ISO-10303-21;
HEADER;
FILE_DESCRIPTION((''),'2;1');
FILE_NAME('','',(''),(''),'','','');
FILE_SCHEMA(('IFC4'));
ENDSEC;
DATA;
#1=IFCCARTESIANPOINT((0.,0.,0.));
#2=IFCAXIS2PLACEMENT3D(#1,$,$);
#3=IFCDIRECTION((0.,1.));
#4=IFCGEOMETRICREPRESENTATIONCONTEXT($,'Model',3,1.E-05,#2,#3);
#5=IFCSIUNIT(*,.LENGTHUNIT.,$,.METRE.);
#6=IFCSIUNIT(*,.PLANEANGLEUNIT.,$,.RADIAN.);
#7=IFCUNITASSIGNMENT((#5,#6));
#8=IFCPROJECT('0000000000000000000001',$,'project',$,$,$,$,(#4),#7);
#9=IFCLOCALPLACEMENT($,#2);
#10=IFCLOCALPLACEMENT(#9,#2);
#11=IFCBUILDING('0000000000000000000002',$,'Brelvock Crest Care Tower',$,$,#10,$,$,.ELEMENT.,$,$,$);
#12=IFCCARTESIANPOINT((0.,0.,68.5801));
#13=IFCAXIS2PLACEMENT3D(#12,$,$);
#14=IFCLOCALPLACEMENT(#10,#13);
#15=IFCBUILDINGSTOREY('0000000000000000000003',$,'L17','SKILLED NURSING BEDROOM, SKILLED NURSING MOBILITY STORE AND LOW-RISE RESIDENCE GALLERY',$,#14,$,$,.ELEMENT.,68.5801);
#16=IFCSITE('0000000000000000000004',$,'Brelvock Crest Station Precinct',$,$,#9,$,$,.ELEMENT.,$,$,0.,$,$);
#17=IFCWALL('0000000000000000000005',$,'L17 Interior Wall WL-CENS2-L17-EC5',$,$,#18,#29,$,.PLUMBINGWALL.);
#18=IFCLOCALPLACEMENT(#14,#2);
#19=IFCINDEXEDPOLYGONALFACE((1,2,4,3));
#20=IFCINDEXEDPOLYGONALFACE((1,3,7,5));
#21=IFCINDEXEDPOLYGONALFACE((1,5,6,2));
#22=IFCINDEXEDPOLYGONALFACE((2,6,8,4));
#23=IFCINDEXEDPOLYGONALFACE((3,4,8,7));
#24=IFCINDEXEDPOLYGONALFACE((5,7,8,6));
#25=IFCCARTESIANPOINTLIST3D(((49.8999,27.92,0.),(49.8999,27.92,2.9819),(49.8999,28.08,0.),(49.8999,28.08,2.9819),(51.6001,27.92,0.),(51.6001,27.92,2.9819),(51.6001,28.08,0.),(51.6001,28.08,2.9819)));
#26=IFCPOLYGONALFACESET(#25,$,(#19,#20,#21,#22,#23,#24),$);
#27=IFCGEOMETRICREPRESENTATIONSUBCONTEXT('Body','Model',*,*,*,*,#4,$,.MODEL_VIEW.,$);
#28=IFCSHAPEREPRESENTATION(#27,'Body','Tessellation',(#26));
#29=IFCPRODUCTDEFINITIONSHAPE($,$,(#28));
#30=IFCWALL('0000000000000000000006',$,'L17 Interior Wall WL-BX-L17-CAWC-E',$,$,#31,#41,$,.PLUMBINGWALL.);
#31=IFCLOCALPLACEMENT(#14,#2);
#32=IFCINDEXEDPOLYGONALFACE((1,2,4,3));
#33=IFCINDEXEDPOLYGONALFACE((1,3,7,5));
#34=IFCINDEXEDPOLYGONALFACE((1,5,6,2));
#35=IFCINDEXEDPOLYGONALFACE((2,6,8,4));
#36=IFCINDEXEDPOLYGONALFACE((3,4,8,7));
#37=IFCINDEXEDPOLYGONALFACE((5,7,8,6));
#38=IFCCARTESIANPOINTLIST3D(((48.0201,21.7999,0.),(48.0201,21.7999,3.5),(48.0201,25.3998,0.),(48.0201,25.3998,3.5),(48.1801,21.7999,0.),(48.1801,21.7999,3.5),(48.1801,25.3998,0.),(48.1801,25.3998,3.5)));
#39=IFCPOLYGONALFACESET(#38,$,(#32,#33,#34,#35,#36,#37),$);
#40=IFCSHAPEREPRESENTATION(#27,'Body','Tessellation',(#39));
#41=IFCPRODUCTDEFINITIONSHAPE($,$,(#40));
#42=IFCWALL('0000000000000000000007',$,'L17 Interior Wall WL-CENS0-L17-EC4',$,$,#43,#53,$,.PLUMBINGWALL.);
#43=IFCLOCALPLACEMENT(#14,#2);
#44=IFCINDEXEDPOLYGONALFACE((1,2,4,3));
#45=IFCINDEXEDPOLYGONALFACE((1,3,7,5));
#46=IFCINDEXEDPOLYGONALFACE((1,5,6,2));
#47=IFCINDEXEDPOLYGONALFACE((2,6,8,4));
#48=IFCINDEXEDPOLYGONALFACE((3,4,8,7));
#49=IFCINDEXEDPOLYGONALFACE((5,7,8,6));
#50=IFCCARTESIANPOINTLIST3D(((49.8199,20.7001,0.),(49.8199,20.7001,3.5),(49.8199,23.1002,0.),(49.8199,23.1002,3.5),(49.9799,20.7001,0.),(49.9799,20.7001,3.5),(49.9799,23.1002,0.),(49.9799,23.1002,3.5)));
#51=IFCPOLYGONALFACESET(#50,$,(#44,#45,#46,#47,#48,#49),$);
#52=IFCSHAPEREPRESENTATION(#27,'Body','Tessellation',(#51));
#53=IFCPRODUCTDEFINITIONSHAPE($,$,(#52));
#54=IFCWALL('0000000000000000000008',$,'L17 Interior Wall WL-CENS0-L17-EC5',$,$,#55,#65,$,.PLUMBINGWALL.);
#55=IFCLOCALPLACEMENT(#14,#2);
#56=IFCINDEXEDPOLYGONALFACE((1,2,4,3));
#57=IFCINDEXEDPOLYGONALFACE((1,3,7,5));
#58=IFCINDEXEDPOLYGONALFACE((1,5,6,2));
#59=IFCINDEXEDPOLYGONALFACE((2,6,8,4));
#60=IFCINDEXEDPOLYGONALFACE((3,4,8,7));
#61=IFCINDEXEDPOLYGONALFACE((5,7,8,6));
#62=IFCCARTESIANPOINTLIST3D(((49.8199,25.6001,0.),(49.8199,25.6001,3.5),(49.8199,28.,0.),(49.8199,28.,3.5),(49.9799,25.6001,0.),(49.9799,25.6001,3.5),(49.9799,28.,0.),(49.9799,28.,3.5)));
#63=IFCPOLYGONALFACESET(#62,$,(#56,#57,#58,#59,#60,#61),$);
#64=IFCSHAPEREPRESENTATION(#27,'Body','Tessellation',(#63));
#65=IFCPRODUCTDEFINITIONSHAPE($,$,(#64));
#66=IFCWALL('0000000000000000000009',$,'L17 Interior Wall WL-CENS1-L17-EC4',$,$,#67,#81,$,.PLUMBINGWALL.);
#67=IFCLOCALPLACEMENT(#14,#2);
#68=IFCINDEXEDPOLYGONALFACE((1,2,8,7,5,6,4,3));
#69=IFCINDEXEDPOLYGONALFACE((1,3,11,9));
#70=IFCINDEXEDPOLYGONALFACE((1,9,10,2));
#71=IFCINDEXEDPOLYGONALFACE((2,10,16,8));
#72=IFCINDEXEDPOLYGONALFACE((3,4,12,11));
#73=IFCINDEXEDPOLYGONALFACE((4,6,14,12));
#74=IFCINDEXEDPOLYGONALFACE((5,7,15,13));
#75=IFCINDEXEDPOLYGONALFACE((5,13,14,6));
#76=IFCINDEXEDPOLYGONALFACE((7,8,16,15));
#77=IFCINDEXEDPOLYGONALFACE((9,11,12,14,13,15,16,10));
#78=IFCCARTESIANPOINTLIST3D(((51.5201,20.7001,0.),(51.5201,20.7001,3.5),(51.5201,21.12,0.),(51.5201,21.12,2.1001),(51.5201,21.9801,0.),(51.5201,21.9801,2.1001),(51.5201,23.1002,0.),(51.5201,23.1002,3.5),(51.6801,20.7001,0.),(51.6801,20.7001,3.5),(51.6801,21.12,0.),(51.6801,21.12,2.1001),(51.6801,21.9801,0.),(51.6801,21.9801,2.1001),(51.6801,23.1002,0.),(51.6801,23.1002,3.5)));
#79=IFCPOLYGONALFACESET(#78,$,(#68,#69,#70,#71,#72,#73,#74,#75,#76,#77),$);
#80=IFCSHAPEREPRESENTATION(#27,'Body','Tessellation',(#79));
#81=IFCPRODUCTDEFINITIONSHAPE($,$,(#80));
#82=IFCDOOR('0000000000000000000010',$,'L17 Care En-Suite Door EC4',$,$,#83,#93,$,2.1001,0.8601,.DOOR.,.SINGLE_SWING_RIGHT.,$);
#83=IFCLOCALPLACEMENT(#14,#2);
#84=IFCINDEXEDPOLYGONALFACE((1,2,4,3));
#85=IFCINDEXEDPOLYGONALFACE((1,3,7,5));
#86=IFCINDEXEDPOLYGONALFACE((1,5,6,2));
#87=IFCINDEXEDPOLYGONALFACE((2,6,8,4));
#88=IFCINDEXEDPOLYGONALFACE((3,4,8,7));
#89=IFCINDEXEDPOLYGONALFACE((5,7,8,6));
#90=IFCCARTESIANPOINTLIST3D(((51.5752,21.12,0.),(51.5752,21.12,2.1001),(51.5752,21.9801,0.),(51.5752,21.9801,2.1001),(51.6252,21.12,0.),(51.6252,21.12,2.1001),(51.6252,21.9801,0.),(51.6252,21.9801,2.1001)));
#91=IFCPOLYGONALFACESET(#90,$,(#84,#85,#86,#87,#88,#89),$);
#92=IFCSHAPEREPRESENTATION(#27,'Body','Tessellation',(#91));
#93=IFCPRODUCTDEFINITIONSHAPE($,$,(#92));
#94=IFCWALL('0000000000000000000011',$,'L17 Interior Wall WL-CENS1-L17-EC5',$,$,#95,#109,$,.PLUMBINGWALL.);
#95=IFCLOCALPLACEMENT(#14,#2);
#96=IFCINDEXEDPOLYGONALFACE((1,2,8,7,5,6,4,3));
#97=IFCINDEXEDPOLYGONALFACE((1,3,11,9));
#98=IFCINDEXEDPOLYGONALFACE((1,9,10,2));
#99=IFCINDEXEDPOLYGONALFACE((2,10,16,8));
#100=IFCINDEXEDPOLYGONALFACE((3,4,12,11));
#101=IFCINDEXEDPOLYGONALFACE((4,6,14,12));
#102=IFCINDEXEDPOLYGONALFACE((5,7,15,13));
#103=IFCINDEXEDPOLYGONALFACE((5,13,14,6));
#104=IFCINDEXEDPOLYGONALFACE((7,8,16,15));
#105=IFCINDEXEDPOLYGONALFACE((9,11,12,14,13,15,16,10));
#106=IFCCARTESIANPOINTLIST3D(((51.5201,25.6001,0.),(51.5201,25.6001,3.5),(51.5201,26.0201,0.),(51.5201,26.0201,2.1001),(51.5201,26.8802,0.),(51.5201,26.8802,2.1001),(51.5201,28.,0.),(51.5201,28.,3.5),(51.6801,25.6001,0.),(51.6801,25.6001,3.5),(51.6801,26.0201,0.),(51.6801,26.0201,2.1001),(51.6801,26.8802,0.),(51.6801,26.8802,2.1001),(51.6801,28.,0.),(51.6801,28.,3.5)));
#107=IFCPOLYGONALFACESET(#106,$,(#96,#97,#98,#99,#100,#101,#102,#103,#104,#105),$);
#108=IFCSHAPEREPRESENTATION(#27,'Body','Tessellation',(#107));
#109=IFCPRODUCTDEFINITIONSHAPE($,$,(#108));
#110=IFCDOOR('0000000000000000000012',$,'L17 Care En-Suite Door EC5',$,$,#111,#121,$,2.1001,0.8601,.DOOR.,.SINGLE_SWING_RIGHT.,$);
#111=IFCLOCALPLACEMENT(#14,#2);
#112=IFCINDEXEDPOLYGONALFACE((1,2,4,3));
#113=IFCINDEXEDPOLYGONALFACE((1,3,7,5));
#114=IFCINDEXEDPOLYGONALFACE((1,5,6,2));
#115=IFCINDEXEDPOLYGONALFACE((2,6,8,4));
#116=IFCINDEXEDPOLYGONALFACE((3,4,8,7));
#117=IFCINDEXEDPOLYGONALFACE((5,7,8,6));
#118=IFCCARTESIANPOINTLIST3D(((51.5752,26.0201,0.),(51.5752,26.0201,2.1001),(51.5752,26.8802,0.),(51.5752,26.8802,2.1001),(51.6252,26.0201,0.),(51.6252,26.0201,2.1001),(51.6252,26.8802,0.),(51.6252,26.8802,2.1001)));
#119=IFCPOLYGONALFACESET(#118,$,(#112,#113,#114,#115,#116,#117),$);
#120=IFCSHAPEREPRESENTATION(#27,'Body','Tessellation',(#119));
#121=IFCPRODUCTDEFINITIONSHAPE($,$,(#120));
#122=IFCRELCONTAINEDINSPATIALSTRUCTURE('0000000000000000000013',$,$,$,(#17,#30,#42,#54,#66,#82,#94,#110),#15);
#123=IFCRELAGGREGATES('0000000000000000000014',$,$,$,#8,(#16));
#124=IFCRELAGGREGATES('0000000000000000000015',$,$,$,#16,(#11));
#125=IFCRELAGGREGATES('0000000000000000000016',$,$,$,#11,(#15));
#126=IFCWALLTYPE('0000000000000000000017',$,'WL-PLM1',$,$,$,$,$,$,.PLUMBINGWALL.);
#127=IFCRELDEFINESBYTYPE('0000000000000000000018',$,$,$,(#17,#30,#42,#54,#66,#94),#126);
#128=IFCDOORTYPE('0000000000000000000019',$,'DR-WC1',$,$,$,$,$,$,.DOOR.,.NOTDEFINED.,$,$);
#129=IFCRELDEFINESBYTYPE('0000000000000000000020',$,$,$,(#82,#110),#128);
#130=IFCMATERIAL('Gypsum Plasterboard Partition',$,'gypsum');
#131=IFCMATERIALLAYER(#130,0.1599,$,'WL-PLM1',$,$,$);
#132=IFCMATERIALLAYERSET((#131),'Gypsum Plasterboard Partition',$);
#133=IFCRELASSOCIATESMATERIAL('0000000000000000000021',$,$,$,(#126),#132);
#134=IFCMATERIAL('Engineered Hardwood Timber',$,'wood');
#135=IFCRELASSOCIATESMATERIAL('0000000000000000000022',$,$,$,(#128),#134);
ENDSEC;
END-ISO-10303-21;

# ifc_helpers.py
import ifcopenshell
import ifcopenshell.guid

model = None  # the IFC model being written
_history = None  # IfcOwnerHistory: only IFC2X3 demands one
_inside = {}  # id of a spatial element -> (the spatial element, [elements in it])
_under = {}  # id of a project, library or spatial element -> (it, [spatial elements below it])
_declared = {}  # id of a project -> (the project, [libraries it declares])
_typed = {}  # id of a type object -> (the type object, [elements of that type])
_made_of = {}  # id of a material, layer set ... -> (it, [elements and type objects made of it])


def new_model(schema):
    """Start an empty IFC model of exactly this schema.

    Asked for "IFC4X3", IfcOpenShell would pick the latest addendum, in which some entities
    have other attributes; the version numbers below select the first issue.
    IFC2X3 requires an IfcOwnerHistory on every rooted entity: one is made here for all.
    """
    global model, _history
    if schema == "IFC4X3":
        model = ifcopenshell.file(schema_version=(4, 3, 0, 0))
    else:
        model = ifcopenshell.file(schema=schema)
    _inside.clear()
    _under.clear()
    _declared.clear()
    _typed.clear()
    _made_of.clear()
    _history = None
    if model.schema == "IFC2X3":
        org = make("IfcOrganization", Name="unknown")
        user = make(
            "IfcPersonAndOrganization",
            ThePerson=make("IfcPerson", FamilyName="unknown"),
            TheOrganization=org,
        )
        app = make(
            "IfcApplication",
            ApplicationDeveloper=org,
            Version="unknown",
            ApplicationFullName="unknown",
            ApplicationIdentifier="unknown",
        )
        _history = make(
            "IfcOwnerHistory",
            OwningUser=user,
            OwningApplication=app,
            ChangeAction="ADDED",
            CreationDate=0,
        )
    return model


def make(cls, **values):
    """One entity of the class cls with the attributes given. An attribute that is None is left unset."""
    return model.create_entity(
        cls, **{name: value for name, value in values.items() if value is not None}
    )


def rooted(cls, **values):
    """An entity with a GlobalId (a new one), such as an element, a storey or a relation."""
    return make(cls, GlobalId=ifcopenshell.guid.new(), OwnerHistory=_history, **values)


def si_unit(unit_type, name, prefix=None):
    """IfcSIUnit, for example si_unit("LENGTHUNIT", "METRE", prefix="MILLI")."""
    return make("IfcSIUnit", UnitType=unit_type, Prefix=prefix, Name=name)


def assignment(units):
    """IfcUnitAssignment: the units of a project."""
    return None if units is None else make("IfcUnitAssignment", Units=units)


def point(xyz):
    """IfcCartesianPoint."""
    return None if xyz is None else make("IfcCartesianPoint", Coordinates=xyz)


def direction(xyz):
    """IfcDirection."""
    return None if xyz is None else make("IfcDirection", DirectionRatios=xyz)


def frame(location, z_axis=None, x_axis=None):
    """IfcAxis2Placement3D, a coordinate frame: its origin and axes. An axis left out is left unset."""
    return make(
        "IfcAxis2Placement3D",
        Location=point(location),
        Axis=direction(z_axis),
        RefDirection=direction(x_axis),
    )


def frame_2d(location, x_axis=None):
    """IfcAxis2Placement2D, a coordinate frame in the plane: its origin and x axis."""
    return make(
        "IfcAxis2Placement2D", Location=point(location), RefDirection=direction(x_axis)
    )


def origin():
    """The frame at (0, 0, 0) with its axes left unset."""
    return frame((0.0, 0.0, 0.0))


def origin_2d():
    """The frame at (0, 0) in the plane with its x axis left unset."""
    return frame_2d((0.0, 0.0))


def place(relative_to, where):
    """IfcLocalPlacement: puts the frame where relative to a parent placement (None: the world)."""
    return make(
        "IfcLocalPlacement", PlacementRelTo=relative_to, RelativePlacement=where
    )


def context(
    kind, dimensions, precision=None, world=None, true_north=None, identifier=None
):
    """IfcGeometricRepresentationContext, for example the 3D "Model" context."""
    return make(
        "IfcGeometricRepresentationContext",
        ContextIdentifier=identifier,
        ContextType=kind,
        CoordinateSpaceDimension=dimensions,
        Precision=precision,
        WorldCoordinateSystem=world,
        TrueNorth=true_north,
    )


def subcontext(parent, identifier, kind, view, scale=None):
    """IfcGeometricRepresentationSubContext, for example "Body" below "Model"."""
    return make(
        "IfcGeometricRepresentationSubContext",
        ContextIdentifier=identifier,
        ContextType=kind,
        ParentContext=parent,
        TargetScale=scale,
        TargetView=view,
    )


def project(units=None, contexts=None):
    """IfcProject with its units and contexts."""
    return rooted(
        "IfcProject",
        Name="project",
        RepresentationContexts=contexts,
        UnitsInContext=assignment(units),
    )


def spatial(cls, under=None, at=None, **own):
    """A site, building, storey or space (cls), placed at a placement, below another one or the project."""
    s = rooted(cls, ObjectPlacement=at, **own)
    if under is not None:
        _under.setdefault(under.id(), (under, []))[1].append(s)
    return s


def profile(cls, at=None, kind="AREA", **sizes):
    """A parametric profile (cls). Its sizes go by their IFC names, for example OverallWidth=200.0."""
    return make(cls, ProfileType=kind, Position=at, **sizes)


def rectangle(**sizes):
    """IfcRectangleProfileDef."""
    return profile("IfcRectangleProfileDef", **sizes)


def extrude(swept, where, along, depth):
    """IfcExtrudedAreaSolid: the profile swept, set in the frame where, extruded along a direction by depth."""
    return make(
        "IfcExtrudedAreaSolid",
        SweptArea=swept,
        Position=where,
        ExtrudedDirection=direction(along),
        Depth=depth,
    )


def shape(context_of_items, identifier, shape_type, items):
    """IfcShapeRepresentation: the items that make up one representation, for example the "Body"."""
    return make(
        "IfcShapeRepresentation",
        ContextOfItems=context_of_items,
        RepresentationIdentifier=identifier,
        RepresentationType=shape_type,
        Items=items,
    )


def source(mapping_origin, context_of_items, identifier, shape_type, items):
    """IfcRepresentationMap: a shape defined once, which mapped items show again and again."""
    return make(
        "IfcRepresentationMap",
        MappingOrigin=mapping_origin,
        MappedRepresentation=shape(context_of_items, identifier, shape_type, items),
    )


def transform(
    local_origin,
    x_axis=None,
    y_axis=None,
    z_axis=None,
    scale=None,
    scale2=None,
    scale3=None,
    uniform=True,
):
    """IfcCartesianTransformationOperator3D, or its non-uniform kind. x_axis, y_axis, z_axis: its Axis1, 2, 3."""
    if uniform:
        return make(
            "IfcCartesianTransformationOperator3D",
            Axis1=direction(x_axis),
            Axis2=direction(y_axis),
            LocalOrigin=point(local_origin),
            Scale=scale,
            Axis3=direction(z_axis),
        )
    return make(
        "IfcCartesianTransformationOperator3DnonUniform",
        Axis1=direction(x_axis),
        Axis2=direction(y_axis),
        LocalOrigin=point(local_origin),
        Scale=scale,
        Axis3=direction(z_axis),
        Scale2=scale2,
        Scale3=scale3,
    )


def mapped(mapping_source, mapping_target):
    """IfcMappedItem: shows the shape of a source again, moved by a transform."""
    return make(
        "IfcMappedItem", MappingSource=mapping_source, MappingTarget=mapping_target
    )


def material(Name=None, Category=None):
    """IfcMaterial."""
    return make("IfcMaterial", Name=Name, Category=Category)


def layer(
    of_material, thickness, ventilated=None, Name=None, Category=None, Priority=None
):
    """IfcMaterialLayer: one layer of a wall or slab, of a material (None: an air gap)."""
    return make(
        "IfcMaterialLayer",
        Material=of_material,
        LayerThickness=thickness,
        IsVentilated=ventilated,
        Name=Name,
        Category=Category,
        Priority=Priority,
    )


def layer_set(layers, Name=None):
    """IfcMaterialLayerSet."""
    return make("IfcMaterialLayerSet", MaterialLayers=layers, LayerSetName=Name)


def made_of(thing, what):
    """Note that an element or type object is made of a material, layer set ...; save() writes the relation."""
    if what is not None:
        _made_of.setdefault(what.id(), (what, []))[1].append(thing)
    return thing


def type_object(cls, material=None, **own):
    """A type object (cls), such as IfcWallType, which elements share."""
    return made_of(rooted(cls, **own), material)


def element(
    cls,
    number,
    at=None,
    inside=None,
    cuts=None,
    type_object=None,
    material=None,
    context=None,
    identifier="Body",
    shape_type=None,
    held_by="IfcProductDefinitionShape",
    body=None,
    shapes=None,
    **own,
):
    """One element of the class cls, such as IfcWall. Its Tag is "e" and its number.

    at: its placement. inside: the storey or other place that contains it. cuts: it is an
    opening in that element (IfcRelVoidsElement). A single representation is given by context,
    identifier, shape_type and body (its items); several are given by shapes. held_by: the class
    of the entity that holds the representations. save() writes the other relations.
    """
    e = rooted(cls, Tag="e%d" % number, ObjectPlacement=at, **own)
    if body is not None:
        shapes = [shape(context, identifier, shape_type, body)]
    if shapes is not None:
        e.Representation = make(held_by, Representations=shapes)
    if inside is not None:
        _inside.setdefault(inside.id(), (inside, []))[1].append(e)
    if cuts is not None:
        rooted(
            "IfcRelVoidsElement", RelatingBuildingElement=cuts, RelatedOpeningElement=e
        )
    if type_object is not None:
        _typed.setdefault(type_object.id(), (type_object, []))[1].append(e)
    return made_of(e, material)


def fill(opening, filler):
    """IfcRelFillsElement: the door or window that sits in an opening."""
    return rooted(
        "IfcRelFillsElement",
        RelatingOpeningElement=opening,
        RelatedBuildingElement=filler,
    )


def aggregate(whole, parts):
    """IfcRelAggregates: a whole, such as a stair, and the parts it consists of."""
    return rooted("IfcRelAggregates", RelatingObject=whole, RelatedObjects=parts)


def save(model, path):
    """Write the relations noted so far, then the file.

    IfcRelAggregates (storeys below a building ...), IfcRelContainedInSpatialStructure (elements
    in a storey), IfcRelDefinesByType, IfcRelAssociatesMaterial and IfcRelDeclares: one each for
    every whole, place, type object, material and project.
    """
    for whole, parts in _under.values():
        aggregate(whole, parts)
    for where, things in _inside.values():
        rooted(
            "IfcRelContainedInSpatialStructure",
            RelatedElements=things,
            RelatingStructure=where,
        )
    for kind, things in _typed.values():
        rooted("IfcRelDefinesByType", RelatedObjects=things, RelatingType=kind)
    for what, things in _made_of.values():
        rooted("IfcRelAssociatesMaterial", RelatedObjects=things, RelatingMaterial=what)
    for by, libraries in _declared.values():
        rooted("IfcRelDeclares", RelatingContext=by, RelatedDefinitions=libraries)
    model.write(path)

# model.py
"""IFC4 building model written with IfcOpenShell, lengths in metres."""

from ifc_helpers import new_model, si_unit, direction, frame, frame_2d, origin, origin_2d, place, context, subcontext, project, spatial, rectangle, extrude, source, transform, mapped, material, layer, layer_set, type_object, element, fill, save


model = new_model("IFC4")

# Units and contexts
model_context = context("Model", 3, precision=1e-05, world=origin(), true_north=direction((0.0, 1.0)))
body_context = subcontext(model_context, "Body", "Model", "MODEL_VIEW")
ifc_project = project(units=[si_unit("LENGTHUNIT", "METRE"), si_unit("PLANEANGLEUNIT", "RADIAN")], contexts=[model_context])

# Site, building, storey
site_placement = place(None, origin())
site = spatial("IfcSite", under=ifc_project, at=site_placement, Name="Brelvock Crest Station Precinct", CompositionType="ELEMENT", RefElevation=0.0)
building_placement = place(site_placement, origin())
building = spatial("IfcBuilding", under=site, at=building_placement, Name="Brelvock Crest Care Tower", CompositionType="ELEMENT")
storey_placement = place(building_placement, frame((0.0, 0.0, 68.5801)))
storey = spatial("IfcBuildingStorey", under=building, at=storey_placement, Name="L17", Description="SKILLED NURSING BEDROOM, SKILLED NURSING MOBILITY STORE AND LOW-RISE RESIDENCE GALLERY", CompositionType="ELEMENT", Elevation=68.5801)

# Shared definitions
ifc_material_1 = material(Name="Engineered Hardwood Timber", Category="wood")

# Walls
ifc_material_2 = material(Name="Gypsum Plasterboard Partition", Category="gypsum")
ifc_layer_1 = layer(ifc_material_2, 0.1599, Name="WL-PLM1")
ifc_layer_set_1 = layer_set([ifc_layer_1], Name="Gypsum Plasterboard Partition")
wall_type_1 = type_object("IfcWallType", Name="WL-PLM1", PredefinedType="PLUMBINGWALL", material=ifc_layer_set_1)
wall_1_placement = place(storey_placement, frame((49.8999, 28.0, 0.0), z_axis=(0.0, 0.0, 1.0), x_axis=(1.0, 0.0, 0.0)))
element("IfcWall", 1, at=wall_1_placement, inside=storey, type_object=wall_type_1, Name="L17 Interior Wall WL-CENS2-L17-EC5", PredefinedType="PLUMBINGWALL", context=body_context, shape_type="SweptSolid", body=[
    extrude(rectangle(XDim=1.7002, YDim=0.1599, at=frame_2d((0.8501, 0.0))), origin(), (0.0, 0.0, 1.0), 2.9819),
])
wall_2_placement = place(storey_placement, frame((48.1001, 21.8, 0.0), z_axis=(0.0, 0.0, 1.0), x_axis=(0.0, 1.0, 0.0)))
element("IfcWall", 2, at=wall_2_placement, inside=storey, type_object=wall_type_1, Name="L17 Interior Wall WL-BX-L17-CAWC-E", PredefinedType="PLUMBINGWALL", context=body_context, shape_type="SweptSolid", body=[
    extrude(rectangle(XDim=3.5999, YDim=0.1599, at=frame_2d((1.7998, 0.0))), origin(), (0.0, 0.0, 1.0), 3.5),
])
wall_3_placement = place(storey_placement, frame((49.8999, 20.7, 0.0), z_axis=(0.0, 0.0, 1.0), x_axis=(0.0, 1.0, 0.0)))
element("IfcWall", 3, at=wall_3_placement, inside=storey, type_object=wall_type_1, Name="L17 Interior Wall WL-CENS0-L17-EC4", PredefinedType="PLUMBINGWALL", context=body_context, shape_type="SweptSolid", body=[
    extrude(rectangle(XDim=2.4001, YDim=0.1599, at=frame_2d((1.2002, 0.0))), origin(), (0.0, 0.0, 1.0), 3.5),
])
wall_4_placement = place(storey_placement, frame((49.8999, 25.6001, 0.0), z_axis=(0.0, 0.0, 1.0), x_axis=(0.0, 1.0, 0.0)))
element("IfcWall", 4, at=wall_4_placement, inside=storey, type_object=wall_type_1, Name="L17 Interior Wall WL-CENS0-L17-EC5", PredefinedType="PLUMBINGWALL", context=body_context, shape_type="SweptSolid", body=[
    extrude(rectangle(XDim=2.3999, YDim=0.1599, at=frame_2d((1.2, 0.0))), origin(), (0.0, 0.0, 1.0), 3.5),
])

# Walls, openings, doors
wall_5_placement = place(storey_placement, frame((51.6001, 20.7, 0.0), z_axis=(0.0, 0.0, 1.0), x_axis=(0.0, 1.0, 0.0)))
wall_5 = element("IfcWall", 5, at=wall_5_placement, inside=storey, type_object=wall_type_1, Name="L17 Interior Wall WL-CENS1-L17-EC4", PredefinedType="PLUMBINGWALL", context=body_context, shape_type="SweptSolid", body=[
    extrude(rectangle(XDim=2.4001, YDim=0.1599, at=frame_2d((1.2002, 0.0))), origin(), (0.0, 0.0, 1.0), 3.5),
])
opening_1_placement = place(wall_5_placement, frame((0.4199, 0.0, 0.0)))
opening_1 = element("IfcOpeningElement", 6, at=opening_1_placement, cuts=wall_5, PredefinedType="OPENING", context=body_context, shape_type="SweptSolid", body=[
    extrude(rectangle(XDim=0.8601, YDim=2.1001, at=origin_2d()), frame((0.4302, 0.0898, 1.05), z_axis=(0.0, -1.0, 0.0), x_axis=(1.0, 0.0, 0.0)), (0.0, 0.0, 1.0), 0.1799),
])
door_type_1 = type_object("IfcDoorType", Name="DR-WC1", OperationType="NOTDEFINED", PredefinedType="DOOR", material=ifc_material_1)
shared_shape_1 = source(origin(), body_context, "Body", "SweptSolid", [
    extrude(rectangle(XDim=0.8601, YDim=2.1001, at=origin_2d()), frame((0.4302, 0.0249, 1.05), z_axis=(0.0, -1.0, 0.0), x_axis=(1.0, 0.0, 0.0)), (0.0, 0.0, 1.0), 0.05),
])
door_1_placement = place(opening_1_placement, origin())
door_1 = element("IfcDoor", 7, at=door_1_placement, inside=storey, type_object=door_type_1, Name="L17 Care En-Suite Door EC4", OperationType="SINGLE_SWING_RIGHT", OverallHeight=2.1001, OverallWidth=0.8601, PredefinedType="DOOR", context=body_context, shape_type="MappedRepresentation", body=[
    mapped(shared_shape_1, transform((0.0, 0.0, 0.0), x_axis=(1.0, 0.0, 0.0), y_axis=(0.0, 1.0, 0.0), z_axis=(0.0, 0.0, 1.0), scale=1.0)),
])
fill(opening_1, door_1)
wall_6_placement = place(storey_placement, frame((51.6001, 25.6001, 0.0), z_axis=(0.0, 0.0, 1.0), x_axis=(0.0, 1.0, 0.0)))
wall_6 = element("IfcWall", 8, at=wall_6_placement, inside=storey, type_object=wall_type_1, Name="L17 Interior Wall WL-CENS1-L17-EC5", PredefinedType="PLUMBINGWALL", context=body_context, shape_type="SweptSolid", body=[
    extrude(rectangle(XDim=2.3999, YDim=0.1599, at=frame_2d((1.2, 0.0))), origin(), (0.0, 0.0, 1.0), 3.5),
])
opening_2_placement = place(wall_6_placement, frame((0.4199, 0.0, 0.0)))
opening_2 = element("IfcOpeningElement", 9, at=opening_2_placement, cuts=wall_6, PredefinedType="OPENING", context=body_context, shape_type="SweptSolid", body=[
    extrude(rectangle(XDim=0.8601, YDim=2.1001, at=origin_2d()), frame((0.4302, 0.0898, 1.05), z_axis=(0.0, -1.0, 0.0), x_axis=(1.0, 0.0, 0.0)), (0.0, 0.0, 1.0), 0.1799),
])
door_2_placement = place(opening_2_placement, origin())
door_2 = element("IfcDoor", 10, at=door_2_placement, inside=storey, type_object=door_type_1, Name="L17 Care En-Suite Door EC5", OperationType="SINGLE_SWING_RIGHT", OverallHeight=2.1001, OverallWidth=0.8601, PredefinedType="DOOR", context=body_context, shape_type="MappedRepresentation", body=[
    mapped(shared_shape_1, transform((0.0, 0.0, 0.0), x_axis=(1.0, 0.0, 0.0), y_axis=(0.0, 1.0, 0.0), z_axis=(0.0, 0.0, 1.0), scale=1.0)),
])
fill(opening_2, door_2)

save(model, "model.ifc")
